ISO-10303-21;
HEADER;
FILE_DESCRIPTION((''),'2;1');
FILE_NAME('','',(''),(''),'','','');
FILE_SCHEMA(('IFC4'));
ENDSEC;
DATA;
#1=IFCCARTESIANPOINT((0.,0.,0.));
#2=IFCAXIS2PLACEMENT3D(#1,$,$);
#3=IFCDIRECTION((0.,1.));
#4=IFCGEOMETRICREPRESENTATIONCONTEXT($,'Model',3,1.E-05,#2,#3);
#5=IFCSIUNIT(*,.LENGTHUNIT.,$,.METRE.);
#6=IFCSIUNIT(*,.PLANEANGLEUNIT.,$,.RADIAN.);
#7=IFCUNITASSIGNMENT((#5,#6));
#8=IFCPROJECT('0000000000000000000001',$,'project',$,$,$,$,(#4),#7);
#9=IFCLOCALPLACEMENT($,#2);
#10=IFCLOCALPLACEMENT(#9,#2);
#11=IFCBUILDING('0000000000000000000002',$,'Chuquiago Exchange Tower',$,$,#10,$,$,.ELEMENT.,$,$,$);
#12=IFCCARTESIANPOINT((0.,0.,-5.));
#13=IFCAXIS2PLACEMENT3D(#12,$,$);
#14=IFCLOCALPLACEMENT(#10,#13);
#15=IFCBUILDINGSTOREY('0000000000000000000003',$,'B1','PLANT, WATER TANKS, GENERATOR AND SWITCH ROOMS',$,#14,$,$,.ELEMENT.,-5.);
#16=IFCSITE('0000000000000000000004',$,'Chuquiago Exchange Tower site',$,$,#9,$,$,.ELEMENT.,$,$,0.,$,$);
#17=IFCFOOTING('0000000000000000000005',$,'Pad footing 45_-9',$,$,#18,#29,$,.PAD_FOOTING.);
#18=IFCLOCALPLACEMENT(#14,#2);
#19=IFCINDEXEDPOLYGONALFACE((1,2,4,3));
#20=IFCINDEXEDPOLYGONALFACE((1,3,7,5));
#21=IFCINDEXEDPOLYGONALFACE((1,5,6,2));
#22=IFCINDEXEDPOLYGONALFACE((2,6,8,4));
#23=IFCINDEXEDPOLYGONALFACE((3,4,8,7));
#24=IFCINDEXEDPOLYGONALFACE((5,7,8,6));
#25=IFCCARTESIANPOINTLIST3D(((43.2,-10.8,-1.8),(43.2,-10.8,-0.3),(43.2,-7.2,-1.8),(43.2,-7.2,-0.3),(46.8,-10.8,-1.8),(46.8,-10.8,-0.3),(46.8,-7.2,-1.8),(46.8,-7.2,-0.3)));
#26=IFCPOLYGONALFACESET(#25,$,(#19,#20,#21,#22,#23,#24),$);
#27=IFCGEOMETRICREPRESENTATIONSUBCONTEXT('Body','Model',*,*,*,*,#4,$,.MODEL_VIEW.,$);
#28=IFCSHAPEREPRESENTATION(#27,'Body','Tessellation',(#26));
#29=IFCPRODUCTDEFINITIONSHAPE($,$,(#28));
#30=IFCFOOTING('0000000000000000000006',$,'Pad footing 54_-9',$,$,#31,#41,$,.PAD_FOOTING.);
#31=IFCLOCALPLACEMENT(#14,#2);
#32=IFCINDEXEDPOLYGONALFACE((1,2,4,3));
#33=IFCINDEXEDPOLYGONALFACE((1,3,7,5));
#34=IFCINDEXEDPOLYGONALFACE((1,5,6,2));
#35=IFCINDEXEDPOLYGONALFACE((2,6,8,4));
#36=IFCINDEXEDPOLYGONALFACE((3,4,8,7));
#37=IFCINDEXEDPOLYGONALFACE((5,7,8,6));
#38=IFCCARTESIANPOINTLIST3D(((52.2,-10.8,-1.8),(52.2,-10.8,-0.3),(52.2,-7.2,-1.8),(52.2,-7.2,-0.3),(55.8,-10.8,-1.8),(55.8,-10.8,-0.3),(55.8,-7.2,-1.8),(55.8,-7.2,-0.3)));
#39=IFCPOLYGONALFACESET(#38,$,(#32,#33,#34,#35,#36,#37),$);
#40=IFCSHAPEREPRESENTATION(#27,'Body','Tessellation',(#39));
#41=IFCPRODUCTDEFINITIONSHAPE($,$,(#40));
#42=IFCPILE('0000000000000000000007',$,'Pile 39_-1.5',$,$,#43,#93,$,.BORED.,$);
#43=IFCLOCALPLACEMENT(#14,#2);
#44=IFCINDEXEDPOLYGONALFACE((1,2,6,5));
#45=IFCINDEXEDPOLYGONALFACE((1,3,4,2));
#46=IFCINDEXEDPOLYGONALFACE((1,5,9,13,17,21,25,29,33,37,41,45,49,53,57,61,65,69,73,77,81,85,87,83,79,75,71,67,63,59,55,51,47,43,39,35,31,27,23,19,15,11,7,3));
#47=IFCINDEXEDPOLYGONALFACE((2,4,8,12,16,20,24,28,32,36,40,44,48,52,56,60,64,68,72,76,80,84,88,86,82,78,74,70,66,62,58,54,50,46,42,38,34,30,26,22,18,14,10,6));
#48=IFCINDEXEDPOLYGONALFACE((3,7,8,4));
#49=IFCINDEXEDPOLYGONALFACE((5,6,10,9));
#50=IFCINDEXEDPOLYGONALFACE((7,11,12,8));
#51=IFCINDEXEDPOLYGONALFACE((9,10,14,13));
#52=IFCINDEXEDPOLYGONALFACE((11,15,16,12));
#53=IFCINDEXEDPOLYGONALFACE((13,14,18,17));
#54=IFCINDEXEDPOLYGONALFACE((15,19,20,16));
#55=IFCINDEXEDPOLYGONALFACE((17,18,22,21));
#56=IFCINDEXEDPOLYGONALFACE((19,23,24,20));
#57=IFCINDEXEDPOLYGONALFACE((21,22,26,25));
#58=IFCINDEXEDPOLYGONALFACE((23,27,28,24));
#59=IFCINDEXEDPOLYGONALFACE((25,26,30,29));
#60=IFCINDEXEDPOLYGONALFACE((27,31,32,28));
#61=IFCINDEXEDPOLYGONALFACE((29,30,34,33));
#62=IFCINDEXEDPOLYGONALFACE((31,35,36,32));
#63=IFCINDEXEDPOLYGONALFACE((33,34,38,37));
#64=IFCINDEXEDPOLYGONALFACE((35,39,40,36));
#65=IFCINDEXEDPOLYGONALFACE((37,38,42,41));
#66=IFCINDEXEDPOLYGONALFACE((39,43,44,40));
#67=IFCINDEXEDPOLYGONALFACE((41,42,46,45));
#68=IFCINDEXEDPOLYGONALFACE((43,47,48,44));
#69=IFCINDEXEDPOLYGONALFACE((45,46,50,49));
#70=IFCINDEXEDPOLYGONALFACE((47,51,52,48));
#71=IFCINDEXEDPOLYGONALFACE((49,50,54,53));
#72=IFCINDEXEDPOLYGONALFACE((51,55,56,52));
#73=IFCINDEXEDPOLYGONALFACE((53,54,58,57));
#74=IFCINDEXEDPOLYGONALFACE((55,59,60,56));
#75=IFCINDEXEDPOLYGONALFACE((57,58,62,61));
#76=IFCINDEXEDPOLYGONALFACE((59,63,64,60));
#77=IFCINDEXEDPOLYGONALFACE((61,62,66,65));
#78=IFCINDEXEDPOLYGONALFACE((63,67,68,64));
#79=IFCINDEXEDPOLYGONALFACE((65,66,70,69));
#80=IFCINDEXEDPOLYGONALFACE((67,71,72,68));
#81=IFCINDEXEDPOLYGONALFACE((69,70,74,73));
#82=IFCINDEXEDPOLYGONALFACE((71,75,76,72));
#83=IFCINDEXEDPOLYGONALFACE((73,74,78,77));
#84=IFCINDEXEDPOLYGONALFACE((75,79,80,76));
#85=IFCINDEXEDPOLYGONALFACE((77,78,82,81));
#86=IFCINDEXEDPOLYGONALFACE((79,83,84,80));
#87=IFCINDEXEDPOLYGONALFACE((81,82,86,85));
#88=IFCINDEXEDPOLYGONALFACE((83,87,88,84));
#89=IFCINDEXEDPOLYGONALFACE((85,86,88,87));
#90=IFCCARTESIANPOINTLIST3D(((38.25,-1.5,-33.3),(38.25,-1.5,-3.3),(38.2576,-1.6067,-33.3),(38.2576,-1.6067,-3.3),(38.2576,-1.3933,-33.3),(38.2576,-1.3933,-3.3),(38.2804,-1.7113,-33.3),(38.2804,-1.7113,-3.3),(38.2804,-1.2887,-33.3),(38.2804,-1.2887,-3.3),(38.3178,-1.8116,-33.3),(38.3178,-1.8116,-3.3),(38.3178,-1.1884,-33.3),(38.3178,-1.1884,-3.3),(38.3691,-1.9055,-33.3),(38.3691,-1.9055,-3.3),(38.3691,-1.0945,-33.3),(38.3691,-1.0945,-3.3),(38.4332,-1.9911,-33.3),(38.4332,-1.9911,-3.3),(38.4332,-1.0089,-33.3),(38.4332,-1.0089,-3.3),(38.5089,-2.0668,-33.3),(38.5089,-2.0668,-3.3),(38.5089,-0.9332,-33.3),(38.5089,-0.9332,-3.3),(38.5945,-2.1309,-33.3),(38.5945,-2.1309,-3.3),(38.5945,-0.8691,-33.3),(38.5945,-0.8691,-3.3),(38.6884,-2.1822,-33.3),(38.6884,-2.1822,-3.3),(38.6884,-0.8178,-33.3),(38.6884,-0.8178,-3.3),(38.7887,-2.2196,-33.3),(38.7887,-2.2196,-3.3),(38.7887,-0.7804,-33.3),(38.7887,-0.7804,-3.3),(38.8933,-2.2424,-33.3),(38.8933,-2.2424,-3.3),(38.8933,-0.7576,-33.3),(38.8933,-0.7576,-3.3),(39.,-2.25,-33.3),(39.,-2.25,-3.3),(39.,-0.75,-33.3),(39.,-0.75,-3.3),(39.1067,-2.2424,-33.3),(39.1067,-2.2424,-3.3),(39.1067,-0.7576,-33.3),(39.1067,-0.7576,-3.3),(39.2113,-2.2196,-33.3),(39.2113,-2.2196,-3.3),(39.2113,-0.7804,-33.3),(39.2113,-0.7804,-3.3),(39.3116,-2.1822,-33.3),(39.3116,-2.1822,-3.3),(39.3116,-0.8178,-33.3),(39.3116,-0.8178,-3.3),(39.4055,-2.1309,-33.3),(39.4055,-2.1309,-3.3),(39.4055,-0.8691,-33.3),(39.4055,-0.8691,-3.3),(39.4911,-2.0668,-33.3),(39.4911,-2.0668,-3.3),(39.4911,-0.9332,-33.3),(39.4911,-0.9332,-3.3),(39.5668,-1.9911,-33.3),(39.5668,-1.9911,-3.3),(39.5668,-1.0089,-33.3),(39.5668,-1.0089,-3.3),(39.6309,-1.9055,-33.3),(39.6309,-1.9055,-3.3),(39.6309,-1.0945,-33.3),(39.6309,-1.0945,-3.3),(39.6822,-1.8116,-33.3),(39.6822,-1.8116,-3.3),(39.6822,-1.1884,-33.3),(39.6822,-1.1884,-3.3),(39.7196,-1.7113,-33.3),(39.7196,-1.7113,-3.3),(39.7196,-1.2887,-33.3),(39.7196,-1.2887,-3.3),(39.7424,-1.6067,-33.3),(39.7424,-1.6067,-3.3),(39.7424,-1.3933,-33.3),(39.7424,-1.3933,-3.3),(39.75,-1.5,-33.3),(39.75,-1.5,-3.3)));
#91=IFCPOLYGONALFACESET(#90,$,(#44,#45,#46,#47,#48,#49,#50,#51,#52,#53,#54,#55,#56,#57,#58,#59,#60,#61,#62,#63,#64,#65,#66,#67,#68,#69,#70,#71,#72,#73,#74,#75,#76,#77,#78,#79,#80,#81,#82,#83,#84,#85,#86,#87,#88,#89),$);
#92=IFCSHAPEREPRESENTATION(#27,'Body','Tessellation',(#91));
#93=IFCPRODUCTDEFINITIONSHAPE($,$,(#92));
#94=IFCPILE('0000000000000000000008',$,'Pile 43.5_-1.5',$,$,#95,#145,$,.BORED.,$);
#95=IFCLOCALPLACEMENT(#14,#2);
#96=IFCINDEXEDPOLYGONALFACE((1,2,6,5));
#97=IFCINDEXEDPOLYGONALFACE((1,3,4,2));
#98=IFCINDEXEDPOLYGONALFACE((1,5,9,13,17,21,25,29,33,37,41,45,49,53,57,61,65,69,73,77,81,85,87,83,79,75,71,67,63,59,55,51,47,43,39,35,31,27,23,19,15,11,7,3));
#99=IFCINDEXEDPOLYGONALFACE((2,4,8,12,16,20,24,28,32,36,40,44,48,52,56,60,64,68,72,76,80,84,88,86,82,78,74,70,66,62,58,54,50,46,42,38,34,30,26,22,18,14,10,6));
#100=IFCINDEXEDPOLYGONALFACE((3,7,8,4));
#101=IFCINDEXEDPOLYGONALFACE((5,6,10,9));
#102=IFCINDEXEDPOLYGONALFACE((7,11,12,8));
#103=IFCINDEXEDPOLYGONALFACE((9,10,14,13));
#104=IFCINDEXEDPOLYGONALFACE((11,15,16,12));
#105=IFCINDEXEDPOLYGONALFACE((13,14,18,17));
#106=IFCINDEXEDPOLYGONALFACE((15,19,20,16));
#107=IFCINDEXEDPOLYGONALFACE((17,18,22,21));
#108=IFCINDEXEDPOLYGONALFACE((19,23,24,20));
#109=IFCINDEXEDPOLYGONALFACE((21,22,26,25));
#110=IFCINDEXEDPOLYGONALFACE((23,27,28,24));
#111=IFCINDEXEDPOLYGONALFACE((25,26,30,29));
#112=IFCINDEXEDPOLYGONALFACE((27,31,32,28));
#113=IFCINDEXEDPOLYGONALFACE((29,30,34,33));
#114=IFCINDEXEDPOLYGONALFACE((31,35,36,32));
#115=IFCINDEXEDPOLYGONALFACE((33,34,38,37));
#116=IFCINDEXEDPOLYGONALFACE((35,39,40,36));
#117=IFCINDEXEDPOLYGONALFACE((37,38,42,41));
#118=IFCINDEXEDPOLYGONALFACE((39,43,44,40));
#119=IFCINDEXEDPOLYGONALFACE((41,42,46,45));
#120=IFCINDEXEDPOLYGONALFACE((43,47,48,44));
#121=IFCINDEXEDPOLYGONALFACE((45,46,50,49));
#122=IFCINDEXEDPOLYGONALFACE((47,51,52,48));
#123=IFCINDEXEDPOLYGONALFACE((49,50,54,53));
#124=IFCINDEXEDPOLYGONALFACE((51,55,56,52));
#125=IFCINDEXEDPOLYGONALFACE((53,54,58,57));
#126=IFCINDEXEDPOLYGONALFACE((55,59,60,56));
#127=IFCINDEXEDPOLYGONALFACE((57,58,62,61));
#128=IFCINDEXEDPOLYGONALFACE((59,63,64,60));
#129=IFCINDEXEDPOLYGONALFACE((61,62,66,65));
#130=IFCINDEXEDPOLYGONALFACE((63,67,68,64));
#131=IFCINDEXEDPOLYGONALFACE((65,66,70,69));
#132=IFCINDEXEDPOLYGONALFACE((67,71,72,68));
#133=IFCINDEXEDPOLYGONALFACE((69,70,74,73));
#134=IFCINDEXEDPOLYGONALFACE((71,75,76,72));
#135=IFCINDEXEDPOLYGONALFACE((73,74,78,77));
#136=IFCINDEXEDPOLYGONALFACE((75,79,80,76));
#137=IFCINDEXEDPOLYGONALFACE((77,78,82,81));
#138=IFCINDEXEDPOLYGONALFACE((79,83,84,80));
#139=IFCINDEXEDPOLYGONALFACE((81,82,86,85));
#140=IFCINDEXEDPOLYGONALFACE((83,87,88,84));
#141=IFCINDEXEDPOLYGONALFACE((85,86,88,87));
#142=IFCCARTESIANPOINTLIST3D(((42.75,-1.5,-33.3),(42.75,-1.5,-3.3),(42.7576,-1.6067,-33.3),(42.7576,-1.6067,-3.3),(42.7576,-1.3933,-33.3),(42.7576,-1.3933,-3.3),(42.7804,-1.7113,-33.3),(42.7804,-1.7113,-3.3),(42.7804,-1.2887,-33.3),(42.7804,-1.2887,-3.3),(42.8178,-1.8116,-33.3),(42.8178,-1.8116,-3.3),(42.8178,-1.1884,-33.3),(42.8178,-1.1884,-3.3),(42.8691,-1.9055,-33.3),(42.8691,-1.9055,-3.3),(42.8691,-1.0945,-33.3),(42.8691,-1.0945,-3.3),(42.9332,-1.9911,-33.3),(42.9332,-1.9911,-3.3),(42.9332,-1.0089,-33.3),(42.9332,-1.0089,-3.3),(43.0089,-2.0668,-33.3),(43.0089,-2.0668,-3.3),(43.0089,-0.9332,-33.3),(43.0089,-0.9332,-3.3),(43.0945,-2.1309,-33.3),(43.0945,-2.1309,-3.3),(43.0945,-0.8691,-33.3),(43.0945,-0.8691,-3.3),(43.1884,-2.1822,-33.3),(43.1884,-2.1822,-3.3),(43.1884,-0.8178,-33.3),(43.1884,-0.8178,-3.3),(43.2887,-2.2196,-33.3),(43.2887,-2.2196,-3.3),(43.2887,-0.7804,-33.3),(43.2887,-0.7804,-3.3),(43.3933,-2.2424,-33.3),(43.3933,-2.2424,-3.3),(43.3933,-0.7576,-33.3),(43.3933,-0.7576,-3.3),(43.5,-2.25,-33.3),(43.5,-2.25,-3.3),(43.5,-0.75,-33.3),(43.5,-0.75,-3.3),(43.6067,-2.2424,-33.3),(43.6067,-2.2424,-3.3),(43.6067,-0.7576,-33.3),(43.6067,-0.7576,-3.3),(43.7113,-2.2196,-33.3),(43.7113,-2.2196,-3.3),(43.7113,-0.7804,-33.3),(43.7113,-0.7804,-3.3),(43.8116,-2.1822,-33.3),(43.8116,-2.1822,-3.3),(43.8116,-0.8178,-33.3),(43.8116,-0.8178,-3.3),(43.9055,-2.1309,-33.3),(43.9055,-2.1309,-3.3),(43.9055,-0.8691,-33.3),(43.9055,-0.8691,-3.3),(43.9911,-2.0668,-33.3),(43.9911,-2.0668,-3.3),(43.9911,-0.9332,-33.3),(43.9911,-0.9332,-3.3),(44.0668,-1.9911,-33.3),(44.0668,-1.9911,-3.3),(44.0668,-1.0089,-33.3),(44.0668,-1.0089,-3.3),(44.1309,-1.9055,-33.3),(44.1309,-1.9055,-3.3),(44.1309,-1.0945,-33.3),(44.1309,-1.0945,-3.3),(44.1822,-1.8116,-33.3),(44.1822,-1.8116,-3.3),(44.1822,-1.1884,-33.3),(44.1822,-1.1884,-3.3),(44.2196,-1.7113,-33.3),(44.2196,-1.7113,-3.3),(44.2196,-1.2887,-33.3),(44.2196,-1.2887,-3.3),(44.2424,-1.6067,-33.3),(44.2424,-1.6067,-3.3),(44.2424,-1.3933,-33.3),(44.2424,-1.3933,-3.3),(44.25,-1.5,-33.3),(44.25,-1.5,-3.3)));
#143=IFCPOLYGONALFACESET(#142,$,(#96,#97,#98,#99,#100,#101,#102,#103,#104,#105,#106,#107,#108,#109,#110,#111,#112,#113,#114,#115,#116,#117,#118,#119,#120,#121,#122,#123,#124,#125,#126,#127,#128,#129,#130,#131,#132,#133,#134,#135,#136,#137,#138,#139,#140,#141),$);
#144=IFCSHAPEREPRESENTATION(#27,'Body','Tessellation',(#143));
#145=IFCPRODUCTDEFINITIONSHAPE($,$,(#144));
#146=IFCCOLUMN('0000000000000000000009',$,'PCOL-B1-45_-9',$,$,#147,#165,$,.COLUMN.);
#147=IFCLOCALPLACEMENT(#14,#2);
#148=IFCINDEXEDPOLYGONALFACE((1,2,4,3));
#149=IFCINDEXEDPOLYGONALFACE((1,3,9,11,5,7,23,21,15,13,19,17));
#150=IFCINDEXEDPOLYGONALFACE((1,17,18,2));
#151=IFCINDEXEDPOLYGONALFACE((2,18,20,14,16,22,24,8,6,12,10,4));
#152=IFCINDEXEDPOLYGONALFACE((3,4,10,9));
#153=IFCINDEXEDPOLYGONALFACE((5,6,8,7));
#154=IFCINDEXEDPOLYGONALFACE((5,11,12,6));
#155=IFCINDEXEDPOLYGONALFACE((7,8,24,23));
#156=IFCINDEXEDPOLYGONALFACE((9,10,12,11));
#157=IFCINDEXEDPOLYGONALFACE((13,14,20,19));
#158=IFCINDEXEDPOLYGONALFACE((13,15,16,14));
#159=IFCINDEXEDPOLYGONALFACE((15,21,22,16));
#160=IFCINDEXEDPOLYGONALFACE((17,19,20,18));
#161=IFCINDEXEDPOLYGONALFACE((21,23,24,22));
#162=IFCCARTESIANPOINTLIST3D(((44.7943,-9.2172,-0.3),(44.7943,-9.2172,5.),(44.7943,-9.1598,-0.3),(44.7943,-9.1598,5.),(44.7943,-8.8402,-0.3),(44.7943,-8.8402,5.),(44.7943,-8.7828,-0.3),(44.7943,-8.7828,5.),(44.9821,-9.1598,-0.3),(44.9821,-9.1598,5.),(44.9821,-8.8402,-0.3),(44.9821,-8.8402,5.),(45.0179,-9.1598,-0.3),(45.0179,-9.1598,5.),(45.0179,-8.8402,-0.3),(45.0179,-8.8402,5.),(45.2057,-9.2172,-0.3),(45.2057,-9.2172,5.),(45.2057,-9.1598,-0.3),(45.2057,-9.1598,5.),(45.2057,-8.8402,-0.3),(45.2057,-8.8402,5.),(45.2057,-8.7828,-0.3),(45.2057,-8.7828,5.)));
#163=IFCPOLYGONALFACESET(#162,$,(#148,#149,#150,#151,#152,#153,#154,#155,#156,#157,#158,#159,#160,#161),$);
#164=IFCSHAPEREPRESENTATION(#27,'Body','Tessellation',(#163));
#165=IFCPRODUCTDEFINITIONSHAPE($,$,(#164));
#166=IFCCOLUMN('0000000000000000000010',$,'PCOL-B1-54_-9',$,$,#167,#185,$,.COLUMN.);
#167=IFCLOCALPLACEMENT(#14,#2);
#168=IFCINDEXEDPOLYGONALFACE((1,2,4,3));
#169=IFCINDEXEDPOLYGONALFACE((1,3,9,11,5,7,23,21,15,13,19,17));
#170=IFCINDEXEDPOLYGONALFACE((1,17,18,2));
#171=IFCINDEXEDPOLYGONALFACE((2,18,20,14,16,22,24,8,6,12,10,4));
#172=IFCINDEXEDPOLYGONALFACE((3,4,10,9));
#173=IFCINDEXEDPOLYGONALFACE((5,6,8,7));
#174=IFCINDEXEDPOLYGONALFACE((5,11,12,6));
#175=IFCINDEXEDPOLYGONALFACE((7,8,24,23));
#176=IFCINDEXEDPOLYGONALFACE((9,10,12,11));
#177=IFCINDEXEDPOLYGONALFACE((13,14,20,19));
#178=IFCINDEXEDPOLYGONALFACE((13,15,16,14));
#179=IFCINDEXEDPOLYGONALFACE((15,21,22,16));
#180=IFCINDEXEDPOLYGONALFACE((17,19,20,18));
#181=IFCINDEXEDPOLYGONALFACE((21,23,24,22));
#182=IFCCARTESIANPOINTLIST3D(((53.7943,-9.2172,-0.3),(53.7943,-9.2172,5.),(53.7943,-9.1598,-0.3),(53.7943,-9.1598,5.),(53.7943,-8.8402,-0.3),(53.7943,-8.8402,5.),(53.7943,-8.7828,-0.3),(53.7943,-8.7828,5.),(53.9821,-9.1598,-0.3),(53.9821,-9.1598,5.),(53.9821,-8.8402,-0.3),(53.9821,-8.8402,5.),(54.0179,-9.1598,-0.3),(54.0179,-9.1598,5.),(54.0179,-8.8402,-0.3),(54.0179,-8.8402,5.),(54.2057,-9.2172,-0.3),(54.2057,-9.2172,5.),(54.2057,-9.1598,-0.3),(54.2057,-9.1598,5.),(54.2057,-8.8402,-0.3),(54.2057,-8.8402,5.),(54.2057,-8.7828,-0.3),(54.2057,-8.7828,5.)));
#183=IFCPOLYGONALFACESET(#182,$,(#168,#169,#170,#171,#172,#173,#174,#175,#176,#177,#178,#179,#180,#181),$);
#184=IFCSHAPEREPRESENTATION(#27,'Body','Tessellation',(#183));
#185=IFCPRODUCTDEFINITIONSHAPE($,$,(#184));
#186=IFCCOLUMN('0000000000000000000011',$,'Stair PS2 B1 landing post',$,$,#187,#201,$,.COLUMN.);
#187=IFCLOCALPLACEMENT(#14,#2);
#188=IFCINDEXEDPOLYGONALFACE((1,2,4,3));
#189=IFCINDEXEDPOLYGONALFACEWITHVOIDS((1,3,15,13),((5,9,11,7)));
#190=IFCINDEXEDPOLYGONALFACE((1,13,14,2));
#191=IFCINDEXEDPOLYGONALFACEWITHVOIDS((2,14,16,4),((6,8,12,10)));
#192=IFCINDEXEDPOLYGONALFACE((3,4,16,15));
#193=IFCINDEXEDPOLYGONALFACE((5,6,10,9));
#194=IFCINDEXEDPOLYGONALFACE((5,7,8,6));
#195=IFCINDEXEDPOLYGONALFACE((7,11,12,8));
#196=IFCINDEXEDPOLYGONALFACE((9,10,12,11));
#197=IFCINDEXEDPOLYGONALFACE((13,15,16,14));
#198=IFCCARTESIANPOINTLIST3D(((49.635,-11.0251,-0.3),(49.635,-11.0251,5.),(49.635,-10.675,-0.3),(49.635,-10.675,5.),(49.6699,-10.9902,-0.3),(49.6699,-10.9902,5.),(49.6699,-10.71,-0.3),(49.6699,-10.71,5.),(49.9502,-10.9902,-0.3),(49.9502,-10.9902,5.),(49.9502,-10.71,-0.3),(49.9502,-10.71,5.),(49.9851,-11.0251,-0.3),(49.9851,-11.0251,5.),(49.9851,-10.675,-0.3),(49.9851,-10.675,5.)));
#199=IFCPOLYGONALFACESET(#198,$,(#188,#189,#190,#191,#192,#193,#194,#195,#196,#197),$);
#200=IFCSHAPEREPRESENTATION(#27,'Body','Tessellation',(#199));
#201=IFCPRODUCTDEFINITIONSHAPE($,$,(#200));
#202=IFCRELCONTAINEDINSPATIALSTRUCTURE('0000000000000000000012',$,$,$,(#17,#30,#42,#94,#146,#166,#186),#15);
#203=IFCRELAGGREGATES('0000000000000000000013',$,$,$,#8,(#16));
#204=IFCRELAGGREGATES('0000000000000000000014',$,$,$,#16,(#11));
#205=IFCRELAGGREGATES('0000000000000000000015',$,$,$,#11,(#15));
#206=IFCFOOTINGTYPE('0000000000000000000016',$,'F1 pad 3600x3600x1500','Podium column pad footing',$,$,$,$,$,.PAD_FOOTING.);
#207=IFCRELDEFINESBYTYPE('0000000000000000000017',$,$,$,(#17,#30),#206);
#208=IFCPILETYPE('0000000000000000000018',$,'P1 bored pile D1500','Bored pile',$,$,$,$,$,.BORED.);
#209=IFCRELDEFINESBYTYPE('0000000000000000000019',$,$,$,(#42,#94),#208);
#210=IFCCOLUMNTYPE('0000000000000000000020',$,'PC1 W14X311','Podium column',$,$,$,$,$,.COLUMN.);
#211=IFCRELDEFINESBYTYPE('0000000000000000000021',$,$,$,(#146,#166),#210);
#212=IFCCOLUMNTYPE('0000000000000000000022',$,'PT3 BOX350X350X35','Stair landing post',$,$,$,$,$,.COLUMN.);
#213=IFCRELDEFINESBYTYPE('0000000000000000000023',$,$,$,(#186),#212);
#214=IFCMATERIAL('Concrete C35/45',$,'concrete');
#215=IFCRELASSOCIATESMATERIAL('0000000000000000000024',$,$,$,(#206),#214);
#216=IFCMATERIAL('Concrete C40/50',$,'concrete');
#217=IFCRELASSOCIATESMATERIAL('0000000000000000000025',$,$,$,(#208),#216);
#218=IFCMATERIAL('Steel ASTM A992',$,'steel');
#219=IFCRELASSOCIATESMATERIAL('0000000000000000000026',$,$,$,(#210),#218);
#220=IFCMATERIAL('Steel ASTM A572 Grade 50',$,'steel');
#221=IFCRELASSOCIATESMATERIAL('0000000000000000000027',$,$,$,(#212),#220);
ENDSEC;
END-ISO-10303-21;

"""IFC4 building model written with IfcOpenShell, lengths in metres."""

from ifc_helpers import new_model, si_unit, direction, frame, origin, origin_2d, place, context, subcontext, project, spatial, rectangle, hollow_rectangle, circle, i_section, extrude, material, material_profile, profile_set, type_object, element, save


model = new_model("IFC4")

# Units and contexts
model_context = context("Model", 3, precision=1e-05, world=origin(), true_north=direction((0.0, 1.0)))
body_context = subcontext(model_context, "Body", "Model", "MODEL_VIEW")
ifc_project = project(units=[si_unit("LENGTHUNIT", "METRE"), si_unit("PLANEANGLEUNIT", "RADIAN")], contexts=[model_context])

# Site, building, storey
site_placement = place(None, origin())
site = spatial("IfcSite", under=ifc_project, at=site_placement, Name="Chuquiago Exchange Tower site", CompositionType="ELEMENT", RefElevation=0.0)
building_placement = place(site_placement, origin())
building = spatial("IfcBuilding", under=site, at=building_placement, Name="Chuquiago Exchange Tower", CompositionType="ELEMENT")
storey_placement = place(building_placement, frame((0.0, 0.0, -5.0)))
storey = spatial("IfcBuildingStorey", under=building, at=storey_placement, Name="B1", Description="PLANT, WATER TANKS, GENERATOR AND SWITCH ROOMS", CompositionType="ELEMENT", Elevation=-5.0)

# Footings
ifc_material_1 = material(Name="Concrete C35/45", Category="concrete")
footing_type = type_object("IfcFootingType", Name="F1 pad 3600x3600x1500", Description="Podium column pad footing", PredefinedType="PAD_FOOTING", material=ifc_material_1)
for number, where, z_axis, x_axis, name in (
    (1, (45.0, -9.0, -1.8), (0.0, 0.0, 1.0), (1.0, 0.0, 0.0), "Pad footing 45_-9"),
    (2, (54.0, -9.0, -1.8), (0.0, 0.0, 1.0), (1.0, 0.0, 0.0), "Pad footing 54_-9"),
):
    element("IfcFooting", number, at=place(storey_placement, frame(where, z_axis=z_axis, x_axis=x_axis)), inside=storey, type_object=footing_type, Name=name, PredefinedType="PAD_FOOTING", context=body_context, shape_type="SweptSolid", body=[
        extrude(rectangle(XDim=3.6001, YDim=3.6001, at=origin_2d()), origin(), (0.0, 0.0, 1.0), 1.5),
    ])

# Piles
ifc_material_2 = material(Name="Concrete C40/50", Category="concrete")
ifc_material_profile_1 = material_profile(ifc_material_2, circle(Radius=0.75, at=origin_2d()), Name="D1500")
ifc_profile_set_1 = profile_set([ifc_material_profile_1], Name="Concrete C40/50")
pile_type = type_object("IfcPileType", Name="P1 bored pile D1500", Description="Bored pile", PredefinedType="BORED", material=ifc_profile_set_1)
for number, where, z_axis, x_axis, name in (
    (3, (39.0, -1.5, -3.3), (0.0, 0.0, -1.0), (1.0, 0.0, 0.0), "Pile 39_-1.5"),
    (4, (43.5, -1.5, -3.3), (0.0, 0.0, -1.0), (1.0, 0.0, 0.0), "Pile 43.5_-1.5"),
):
    element("IfcPile", number, at=place(storey_placement, frame(where, z_axis=z_axis, x_axis=x_axis)), inside=storey, type_object=pile_type, Name=name, PredefinedType="BORED", context=body_context, shape_type="SweptSolid", body=[
        extrude(circle(Radius=0.75, at=origin_2d()), origin(), (0.0, 0.0, 1.0), 30.0),
    ])

# Columns
ifc_material_3 = material(Name="Steel ASTM A992", Category="steel")
ifc_material_profile_2 = material_profile(ifc_material_3, i_section(OverallWidth=0.4114, OverallDepth=0.4343, WebThickness=0.0359, FlangeThickness=0.0574, at=origin_2d()), Name="W14X311")
ifc_profile_set_2 = profile_set([ifc_material_profile_2], Name="Steel ASTM A992")
column_type_1 = type_object("IfcColumnType", Name="PC1 W14X311", Description="Podium column", PredefinedType="COLUMN", material=ifc_profile_set_2)
for number, where, z_axis, x_axis, name in (
    (5, (45.0, -9.0, -0.3), (0.0, 0.0, 1.0), (1.0, 0.0, 0.0), "PCOL-B1-45_-9"),
    (6, (54.0, -9.0, -0.3), (0.0, 0.0, 1.0), (1.0, 0.0, 0.0), "PCOL-B1-54_-9"),
):
    element("IfcColumn", number, at=place(storey_placement, frame(where, z_axis=z_axis, x_axis=x_axis)), inside=storey, type_object=column_type_1, Name=name, PredefinedType="COLUMN", context=body_context, shape_type="SweptSolid", body=[
        extrude(i_section(OverallWidth=0.4114, OverallDepth=0.4343, WebThickness=0.0359, FlangeThickness=0.0574, at=origin_2d()), origin(), (0.0, 0.0, 1.0), 5.3),
    ])
ifc_material_4 = material(Name="Steel ASTM A572 Grade 50", Category="steel")
ifc_material_profile_3 = material_profile(ifc_material_4, hollow_rectangle(XDim=0.3501, YDim=0.3501, WallThickness=0.0349, at=origin_2d()), Name="BOX350X350X35")
ifc_profile_set_3 = profile_set([ifc_material_profile_3], Name="Steel ASTM A572 Grade 50")
column_type_2 = type_object("IfcColumnType", Name="PT3 BOX350X350X35", Description="Stair landing post", PredefinedType="COLUMN", material=ifc_profile_set_3)
for number, where, z_axis, x_axis, name in (
    (7, (49.8101, -10.8501, -0.3), (0.0, 0.0, 1.0), (1.0, 0.0, 0.0), "Stair PS2 B1 landing post"),
):
    element("IfcColumn", number, at=place(storey_placement, frame(where, z_axis=z_axis, x_axis=x_axis)), inside=storey, type_object=column_type_2, Name=name, PredefinedType="COLUMN", context=body_context, shape_type="SweptSolid", body=[
        extrude(hollow_rectangle(XDim=0.3501, YDim=0.3501, WallThickness=0.0349, at=origin_2d()), origin(), (0.0, 0.0, 1.0), 5.3),
    ])

save(model, "model.ifc")
